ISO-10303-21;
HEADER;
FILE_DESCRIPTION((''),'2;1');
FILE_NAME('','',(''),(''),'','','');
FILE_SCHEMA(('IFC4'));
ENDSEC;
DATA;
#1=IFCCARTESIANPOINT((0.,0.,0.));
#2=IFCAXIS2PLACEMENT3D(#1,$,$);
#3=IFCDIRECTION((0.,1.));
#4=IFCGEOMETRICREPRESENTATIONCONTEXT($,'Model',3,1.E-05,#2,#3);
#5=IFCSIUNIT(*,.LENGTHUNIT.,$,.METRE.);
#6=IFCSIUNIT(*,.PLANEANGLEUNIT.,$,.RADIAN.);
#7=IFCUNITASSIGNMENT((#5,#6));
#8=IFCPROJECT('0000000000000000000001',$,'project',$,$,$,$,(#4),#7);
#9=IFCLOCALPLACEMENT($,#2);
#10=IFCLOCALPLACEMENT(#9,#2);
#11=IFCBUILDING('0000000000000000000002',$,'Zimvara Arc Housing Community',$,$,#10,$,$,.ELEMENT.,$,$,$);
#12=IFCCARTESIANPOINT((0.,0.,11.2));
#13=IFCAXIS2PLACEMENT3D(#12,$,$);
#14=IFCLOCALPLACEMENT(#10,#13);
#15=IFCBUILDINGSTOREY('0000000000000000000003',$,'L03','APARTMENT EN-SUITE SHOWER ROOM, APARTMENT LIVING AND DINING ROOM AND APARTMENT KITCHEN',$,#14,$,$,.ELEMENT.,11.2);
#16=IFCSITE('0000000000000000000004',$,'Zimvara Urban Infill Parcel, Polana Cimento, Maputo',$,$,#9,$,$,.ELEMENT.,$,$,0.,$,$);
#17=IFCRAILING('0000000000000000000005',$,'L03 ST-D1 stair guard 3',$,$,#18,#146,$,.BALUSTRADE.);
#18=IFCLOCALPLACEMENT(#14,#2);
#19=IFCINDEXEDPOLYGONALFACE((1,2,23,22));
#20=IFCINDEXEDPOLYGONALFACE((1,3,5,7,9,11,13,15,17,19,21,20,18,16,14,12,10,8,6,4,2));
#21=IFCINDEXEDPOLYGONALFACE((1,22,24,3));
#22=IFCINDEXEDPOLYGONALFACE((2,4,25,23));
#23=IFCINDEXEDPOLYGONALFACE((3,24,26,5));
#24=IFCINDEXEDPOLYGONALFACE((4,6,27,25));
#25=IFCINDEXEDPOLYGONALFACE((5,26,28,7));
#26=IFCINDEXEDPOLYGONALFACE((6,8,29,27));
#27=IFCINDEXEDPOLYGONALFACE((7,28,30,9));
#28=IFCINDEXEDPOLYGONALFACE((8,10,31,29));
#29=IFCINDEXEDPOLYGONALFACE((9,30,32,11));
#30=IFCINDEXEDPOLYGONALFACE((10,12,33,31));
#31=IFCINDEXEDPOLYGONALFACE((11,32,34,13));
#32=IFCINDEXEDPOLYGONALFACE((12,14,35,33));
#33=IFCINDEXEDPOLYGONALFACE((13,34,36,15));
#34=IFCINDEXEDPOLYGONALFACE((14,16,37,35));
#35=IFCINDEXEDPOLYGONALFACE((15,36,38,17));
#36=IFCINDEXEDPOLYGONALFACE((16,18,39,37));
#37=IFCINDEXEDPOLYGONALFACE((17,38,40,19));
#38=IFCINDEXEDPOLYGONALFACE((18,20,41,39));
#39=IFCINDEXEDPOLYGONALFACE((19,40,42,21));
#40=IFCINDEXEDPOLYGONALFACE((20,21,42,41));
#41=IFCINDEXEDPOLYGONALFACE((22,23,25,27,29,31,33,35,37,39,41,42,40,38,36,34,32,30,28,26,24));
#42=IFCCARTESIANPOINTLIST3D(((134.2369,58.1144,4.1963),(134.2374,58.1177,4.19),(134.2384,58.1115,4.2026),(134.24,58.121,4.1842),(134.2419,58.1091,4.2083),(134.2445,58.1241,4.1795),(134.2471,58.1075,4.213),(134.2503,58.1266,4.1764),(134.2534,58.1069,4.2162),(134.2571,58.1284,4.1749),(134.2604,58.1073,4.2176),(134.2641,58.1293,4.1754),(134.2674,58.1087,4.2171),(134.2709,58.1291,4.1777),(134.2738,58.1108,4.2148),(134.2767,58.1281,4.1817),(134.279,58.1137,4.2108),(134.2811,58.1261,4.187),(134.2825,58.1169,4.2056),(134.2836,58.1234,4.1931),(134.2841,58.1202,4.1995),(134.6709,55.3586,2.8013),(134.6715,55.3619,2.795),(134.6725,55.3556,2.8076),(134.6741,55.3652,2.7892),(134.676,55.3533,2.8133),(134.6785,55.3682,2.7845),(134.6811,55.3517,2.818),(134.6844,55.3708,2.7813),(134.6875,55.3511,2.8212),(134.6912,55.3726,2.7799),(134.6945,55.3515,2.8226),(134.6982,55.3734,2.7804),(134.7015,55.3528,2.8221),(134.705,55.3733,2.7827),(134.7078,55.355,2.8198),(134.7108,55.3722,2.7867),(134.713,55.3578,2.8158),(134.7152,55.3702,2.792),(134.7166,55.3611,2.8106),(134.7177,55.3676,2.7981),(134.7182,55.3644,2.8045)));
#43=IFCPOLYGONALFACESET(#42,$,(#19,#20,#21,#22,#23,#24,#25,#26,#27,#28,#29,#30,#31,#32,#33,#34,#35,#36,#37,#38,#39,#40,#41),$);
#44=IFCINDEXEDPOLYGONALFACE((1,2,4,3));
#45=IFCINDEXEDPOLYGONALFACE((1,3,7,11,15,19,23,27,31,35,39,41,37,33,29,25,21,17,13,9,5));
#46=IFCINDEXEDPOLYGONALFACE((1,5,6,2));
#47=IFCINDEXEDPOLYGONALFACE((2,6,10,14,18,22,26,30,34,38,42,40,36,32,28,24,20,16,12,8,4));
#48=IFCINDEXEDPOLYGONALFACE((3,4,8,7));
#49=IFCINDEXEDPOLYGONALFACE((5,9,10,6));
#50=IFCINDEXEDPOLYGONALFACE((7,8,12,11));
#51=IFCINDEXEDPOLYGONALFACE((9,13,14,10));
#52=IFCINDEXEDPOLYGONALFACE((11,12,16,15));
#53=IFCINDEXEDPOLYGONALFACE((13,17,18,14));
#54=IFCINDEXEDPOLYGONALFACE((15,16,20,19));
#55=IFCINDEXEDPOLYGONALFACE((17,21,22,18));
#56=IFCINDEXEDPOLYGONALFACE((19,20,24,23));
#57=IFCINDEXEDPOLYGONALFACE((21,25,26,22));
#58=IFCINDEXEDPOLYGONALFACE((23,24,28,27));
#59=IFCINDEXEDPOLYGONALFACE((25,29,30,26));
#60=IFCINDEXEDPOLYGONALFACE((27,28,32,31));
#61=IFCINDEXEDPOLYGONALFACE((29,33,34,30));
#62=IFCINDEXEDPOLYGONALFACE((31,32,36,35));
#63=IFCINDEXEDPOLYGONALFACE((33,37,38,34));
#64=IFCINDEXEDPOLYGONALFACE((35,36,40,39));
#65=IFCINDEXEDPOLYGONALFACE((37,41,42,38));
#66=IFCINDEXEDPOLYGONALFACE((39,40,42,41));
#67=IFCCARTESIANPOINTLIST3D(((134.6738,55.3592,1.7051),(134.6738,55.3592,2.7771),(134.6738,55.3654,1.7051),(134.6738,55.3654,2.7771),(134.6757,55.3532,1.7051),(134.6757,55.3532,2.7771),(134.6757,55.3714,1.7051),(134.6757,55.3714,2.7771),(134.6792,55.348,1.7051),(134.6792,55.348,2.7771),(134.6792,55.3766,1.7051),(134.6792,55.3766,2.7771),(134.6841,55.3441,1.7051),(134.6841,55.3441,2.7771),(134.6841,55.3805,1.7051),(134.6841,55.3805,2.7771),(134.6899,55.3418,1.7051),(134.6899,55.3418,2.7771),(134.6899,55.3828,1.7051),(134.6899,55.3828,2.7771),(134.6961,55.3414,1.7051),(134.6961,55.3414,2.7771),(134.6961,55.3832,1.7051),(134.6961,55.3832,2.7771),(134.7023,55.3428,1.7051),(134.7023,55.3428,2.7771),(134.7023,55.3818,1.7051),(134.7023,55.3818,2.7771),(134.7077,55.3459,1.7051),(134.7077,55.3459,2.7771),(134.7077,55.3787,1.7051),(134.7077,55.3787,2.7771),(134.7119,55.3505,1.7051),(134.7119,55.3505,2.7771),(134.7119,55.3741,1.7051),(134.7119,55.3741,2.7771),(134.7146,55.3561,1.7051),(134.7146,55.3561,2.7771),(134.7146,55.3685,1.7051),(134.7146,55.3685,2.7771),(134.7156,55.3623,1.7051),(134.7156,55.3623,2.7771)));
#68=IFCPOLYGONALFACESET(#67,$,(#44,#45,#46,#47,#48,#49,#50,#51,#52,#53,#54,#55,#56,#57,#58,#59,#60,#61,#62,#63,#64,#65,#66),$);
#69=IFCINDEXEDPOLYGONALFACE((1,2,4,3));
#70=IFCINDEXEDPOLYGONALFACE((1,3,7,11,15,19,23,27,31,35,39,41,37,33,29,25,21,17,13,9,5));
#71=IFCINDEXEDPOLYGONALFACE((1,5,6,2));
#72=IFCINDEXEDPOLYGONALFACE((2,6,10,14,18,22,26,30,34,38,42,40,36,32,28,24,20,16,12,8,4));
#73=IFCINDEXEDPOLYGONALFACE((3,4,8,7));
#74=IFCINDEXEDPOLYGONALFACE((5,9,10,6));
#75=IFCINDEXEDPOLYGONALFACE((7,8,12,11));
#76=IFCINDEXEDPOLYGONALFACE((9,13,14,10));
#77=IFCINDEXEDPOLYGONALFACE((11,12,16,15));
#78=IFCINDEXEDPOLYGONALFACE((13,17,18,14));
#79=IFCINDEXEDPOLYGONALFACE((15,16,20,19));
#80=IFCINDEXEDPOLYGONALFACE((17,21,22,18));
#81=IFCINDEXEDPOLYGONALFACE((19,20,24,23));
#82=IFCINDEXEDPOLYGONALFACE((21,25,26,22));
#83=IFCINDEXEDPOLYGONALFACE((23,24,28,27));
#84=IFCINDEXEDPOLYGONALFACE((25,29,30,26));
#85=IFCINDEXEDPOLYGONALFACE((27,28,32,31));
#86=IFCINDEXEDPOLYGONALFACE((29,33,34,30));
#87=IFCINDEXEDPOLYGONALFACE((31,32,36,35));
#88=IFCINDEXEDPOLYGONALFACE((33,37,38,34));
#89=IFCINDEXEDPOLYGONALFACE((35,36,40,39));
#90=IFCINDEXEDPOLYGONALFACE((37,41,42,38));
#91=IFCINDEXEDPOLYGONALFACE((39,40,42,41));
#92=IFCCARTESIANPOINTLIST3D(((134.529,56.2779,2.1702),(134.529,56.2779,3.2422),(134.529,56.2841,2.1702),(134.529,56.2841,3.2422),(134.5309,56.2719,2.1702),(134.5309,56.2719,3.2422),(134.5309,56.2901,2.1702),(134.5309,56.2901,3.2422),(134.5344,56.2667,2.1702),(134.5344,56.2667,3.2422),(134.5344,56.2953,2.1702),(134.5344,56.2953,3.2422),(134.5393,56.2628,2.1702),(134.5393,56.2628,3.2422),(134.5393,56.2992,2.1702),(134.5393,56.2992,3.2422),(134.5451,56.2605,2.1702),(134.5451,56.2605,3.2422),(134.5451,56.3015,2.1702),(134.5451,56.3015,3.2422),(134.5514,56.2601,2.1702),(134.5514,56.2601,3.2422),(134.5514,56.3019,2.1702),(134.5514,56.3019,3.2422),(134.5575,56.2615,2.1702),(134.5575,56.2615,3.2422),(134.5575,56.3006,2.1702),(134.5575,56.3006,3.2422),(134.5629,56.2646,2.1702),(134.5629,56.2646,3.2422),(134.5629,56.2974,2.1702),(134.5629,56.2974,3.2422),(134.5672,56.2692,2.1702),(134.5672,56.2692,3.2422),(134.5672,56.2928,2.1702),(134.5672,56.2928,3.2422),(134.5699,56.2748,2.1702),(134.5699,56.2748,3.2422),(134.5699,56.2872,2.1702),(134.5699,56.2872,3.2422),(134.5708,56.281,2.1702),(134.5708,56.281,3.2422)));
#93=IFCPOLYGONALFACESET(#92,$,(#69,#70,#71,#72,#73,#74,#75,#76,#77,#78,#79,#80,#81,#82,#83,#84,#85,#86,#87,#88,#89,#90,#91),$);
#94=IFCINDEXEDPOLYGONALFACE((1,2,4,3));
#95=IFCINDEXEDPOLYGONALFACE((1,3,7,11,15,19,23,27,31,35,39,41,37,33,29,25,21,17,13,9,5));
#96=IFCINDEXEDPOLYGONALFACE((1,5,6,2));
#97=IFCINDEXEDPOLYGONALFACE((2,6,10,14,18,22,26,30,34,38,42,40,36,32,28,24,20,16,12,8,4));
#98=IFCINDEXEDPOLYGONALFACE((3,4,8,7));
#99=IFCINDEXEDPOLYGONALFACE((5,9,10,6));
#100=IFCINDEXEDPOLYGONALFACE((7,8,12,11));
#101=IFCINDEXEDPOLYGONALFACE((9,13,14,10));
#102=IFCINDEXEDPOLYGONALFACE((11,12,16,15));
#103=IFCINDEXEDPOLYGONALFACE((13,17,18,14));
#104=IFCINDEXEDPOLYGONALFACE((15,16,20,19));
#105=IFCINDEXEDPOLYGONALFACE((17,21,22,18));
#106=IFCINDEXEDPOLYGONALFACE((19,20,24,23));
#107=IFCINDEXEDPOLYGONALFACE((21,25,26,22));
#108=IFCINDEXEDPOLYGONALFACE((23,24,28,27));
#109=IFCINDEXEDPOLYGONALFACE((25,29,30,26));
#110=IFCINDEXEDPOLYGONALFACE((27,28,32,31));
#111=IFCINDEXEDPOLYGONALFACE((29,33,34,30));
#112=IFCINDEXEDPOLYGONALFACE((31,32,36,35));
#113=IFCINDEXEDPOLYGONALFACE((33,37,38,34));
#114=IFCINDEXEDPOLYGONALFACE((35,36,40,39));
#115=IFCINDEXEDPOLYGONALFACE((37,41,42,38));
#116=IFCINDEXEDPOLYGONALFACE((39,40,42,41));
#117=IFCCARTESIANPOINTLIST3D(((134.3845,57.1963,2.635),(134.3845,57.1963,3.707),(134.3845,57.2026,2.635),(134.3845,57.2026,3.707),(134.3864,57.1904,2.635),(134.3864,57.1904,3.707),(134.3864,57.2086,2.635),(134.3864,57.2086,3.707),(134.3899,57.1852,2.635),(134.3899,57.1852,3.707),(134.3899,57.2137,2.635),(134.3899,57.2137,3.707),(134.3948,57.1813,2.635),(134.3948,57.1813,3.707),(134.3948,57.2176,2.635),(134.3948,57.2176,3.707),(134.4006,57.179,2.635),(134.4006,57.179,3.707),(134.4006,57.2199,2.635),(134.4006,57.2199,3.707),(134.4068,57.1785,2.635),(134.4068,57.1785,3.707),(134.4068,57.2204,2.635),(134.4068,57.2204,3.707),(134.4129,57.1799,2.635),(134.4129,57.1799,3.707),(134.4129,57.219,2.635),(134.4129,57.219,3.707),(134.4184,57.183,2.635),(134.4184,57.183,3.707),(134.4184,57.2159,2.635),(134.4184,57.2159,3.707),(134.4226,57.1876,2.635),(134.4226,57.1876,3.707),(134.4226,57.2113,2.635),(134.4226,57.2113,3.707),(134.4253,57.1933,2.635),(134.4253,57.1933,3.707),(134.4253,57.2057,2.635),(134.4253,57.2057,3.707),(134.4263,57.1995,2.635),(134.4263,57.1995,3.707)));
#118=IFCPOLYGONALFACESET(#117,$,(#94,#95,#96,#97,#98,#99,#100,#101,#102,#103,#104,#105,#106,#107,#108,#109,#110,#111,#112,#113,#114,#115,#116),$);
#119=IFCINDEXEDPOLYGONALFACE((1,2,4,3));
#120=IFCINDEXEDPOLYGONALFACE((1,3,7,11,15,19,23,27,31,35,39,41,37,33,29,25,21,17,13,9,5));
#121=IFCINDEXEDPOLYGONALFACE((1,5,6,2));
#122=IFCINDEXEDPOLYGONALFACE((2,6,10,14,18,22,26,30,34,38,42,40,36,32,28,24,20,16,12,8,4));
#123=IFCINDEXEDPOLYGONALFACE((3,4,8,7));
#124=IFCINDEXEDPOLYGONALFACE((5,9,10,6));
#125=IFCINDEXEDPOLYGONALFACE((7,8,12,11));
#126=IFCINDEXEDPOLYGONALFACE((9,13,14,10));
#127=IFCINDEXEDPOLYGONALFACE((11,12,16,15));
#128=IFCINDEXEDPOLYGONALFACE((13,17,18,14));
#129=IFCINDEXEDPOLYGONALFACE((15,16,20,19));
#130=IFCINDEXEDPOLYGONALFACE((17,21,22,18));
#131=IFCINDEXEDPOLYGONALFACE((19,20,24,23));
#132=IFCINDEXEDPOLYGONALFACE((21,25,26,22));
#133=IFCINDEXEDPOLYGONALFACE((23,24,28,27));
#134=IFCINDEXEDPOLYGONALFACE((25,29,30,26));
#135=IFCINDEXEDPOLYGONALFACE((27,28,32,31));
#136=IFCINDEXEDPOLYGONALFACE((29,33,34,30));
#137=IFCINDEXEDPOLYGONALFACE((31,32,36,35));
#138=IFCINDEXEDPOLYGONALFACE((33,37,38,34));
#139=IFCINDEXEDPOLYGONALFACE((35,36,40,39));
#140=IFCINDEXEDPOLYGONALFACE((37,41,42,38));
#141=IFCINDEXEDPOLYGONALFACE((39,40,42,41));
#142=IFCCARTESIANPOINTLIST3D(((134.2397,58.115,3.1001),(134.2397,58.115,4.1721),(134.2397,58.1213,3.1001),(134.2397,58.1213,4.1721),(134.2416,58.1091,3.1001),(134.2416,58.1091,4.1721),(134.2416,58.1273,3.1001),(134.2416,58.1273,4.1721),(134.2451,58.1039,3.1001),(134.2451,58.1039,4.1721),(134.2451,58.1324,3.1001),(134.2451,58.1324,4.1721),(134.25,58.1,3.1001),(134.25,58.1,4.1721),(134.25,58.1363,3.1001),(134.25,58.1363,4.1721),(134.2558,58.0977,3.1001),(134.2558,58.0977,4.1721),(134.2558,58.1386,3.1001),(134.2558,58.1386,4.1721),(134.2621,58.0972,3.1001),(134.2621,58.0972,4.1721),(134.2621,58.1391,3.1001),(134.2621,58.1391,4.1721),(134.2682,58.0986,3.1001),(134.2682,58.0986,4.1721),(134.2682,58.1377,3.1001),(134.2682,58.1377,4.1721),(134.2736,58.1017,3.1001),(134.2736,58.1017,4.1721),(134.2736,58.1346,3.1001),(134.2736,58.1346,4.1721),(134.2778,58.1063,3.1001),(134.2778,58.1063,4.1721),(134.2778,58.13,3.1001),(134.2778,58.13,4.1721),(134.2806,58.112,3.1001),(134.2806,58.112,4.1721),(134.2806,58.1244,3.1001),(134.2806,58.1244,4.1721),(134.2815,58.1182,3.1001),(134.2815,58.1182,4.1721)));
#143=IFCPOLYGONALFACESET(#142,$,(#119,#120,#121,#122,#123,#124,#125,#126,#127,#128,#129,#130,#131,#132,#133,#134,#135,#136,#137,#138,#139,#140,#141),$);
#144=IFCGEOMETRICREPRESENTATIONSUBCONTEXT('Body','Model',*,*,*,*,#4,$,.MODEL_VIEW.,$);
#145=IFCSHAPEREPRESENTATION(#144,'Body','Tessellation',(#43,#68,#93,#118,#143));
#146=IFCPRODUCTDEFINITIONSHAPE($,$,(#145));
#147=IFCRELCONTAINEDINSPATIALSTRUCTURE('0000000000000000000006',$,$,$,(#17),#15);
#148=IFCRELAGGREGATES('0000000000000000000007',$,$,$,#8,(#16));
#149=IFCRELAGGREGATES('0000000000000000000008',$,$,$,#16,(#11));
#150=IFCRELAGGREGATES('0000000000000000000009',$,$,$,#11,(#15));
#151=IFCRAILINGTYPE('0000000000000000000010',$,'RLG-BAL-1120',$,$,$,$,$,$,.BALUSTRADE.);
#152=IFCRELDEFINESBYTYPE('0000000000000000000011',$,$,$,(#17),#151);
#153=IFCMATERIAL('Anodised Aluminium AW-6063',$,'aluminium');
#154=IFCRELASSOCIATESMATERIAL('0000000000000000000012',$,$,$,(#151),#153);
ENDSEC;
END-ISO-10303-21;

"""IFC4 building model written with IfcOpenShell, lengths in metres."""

from ifc_helpers import new_model, si_unit, direction, frame, origin, origin_2d, place, context, subcontext, project, spatial, circle, extrude, material, type_object, element, save


model = new_model("IFC4")

# Units and contexts
model_context = context("Model", 3, precision=1e-05, world=origin(), true_north=direction((0.0, 1.0)))
body_context = subcontext(model_context, "Body", "Model", "MODEL_VIEW")
ifc_project = project(units=[si_unit("LENGTHUNIT", "METRE"), si_unit("PLANEANGLEUNIT", "RADIAN")], contexts=[model_context])

# Site, building, storey
site_placement = place(None, origin())
site = spatial("IfcSite", under=ifc_project, at=site_placement, Name="Zimvara Urban Infill Parcel, Polana Cimento, Maputo", CompositionType="ELEMENT", RefElevation=0.0)
building_placement = place(site_placement, origin())
building = spatial("IfcBuilding", under=site, at=building_placement, Name="Zimvara Arc Housing Community", CompositionType="ELEMENT")
storey_placement = place(building_placement, frame((0.0, 0.0, 11.2)))
storey = spatial("IfcBuildingStorey", under=building, at=storey_placement, Name="L03", Description="APARTMENT EN-SUITE SHOWER ROOM, APARTMENT LIVING AND DINING ROOM AND APARTMENT KITCHEN", CompositionType="ELEMENT", Elevation=11.2)

# Railing
ifc_material_1 = material(Name="Anodised Aluminium AW-6063", Category="aluminium")
railing_type_1 = type_object("IfcRailingType", Name="RLG-BAL-1120", PredefinedType="BALUSTRADE", material=ifc_material_1)
railing_1_placement = place(storey_placement, frame((134.6946, 55.3623, 1.7051)))
element("IfcRailing", 1, at=railing_1_placement, inside=storey, type_object=railing_type_1, Name="L03 ST-D1 stair guard 3", PredefinedType="BALUSTRADE", context=body_context, shape_type="SweptSolid", body=[
    extrude(circle(Radius=0.0239, at=origin_2d()), frame((0.0, 0.0, 1.0962), z_axis=(-0.139166, 0.883521, 0.44724), x_axis=(-0.987821, -0.155594, 0.0)), (0.0, 0.0, 1.0), 3.1191),
    extrude(circle(Radius=0.021, at=origin_2d()), origin(), (0.0, 0.0, 1.0), 1.072),
    extrude(circle(Radius=0.021, at=origin_2d()), frame((-0.1448, 0.9187, 0.4651)), (0.0, 0.0, 1.0), 1.072),
    extrude(circle(Radius=0.021, at=origin_2d()), frame((-0.2893, 1.8372, 0.9299)), (0.0, 0.0, 1.0), 1.072),
    extrude(circle(Radius=0.021, at=origin_2d()), frame((-0.4341, 2.7559, 1.395)), (0.0, 0.0, 1.0), 1.072),
])

save(model, "model.ifc")
